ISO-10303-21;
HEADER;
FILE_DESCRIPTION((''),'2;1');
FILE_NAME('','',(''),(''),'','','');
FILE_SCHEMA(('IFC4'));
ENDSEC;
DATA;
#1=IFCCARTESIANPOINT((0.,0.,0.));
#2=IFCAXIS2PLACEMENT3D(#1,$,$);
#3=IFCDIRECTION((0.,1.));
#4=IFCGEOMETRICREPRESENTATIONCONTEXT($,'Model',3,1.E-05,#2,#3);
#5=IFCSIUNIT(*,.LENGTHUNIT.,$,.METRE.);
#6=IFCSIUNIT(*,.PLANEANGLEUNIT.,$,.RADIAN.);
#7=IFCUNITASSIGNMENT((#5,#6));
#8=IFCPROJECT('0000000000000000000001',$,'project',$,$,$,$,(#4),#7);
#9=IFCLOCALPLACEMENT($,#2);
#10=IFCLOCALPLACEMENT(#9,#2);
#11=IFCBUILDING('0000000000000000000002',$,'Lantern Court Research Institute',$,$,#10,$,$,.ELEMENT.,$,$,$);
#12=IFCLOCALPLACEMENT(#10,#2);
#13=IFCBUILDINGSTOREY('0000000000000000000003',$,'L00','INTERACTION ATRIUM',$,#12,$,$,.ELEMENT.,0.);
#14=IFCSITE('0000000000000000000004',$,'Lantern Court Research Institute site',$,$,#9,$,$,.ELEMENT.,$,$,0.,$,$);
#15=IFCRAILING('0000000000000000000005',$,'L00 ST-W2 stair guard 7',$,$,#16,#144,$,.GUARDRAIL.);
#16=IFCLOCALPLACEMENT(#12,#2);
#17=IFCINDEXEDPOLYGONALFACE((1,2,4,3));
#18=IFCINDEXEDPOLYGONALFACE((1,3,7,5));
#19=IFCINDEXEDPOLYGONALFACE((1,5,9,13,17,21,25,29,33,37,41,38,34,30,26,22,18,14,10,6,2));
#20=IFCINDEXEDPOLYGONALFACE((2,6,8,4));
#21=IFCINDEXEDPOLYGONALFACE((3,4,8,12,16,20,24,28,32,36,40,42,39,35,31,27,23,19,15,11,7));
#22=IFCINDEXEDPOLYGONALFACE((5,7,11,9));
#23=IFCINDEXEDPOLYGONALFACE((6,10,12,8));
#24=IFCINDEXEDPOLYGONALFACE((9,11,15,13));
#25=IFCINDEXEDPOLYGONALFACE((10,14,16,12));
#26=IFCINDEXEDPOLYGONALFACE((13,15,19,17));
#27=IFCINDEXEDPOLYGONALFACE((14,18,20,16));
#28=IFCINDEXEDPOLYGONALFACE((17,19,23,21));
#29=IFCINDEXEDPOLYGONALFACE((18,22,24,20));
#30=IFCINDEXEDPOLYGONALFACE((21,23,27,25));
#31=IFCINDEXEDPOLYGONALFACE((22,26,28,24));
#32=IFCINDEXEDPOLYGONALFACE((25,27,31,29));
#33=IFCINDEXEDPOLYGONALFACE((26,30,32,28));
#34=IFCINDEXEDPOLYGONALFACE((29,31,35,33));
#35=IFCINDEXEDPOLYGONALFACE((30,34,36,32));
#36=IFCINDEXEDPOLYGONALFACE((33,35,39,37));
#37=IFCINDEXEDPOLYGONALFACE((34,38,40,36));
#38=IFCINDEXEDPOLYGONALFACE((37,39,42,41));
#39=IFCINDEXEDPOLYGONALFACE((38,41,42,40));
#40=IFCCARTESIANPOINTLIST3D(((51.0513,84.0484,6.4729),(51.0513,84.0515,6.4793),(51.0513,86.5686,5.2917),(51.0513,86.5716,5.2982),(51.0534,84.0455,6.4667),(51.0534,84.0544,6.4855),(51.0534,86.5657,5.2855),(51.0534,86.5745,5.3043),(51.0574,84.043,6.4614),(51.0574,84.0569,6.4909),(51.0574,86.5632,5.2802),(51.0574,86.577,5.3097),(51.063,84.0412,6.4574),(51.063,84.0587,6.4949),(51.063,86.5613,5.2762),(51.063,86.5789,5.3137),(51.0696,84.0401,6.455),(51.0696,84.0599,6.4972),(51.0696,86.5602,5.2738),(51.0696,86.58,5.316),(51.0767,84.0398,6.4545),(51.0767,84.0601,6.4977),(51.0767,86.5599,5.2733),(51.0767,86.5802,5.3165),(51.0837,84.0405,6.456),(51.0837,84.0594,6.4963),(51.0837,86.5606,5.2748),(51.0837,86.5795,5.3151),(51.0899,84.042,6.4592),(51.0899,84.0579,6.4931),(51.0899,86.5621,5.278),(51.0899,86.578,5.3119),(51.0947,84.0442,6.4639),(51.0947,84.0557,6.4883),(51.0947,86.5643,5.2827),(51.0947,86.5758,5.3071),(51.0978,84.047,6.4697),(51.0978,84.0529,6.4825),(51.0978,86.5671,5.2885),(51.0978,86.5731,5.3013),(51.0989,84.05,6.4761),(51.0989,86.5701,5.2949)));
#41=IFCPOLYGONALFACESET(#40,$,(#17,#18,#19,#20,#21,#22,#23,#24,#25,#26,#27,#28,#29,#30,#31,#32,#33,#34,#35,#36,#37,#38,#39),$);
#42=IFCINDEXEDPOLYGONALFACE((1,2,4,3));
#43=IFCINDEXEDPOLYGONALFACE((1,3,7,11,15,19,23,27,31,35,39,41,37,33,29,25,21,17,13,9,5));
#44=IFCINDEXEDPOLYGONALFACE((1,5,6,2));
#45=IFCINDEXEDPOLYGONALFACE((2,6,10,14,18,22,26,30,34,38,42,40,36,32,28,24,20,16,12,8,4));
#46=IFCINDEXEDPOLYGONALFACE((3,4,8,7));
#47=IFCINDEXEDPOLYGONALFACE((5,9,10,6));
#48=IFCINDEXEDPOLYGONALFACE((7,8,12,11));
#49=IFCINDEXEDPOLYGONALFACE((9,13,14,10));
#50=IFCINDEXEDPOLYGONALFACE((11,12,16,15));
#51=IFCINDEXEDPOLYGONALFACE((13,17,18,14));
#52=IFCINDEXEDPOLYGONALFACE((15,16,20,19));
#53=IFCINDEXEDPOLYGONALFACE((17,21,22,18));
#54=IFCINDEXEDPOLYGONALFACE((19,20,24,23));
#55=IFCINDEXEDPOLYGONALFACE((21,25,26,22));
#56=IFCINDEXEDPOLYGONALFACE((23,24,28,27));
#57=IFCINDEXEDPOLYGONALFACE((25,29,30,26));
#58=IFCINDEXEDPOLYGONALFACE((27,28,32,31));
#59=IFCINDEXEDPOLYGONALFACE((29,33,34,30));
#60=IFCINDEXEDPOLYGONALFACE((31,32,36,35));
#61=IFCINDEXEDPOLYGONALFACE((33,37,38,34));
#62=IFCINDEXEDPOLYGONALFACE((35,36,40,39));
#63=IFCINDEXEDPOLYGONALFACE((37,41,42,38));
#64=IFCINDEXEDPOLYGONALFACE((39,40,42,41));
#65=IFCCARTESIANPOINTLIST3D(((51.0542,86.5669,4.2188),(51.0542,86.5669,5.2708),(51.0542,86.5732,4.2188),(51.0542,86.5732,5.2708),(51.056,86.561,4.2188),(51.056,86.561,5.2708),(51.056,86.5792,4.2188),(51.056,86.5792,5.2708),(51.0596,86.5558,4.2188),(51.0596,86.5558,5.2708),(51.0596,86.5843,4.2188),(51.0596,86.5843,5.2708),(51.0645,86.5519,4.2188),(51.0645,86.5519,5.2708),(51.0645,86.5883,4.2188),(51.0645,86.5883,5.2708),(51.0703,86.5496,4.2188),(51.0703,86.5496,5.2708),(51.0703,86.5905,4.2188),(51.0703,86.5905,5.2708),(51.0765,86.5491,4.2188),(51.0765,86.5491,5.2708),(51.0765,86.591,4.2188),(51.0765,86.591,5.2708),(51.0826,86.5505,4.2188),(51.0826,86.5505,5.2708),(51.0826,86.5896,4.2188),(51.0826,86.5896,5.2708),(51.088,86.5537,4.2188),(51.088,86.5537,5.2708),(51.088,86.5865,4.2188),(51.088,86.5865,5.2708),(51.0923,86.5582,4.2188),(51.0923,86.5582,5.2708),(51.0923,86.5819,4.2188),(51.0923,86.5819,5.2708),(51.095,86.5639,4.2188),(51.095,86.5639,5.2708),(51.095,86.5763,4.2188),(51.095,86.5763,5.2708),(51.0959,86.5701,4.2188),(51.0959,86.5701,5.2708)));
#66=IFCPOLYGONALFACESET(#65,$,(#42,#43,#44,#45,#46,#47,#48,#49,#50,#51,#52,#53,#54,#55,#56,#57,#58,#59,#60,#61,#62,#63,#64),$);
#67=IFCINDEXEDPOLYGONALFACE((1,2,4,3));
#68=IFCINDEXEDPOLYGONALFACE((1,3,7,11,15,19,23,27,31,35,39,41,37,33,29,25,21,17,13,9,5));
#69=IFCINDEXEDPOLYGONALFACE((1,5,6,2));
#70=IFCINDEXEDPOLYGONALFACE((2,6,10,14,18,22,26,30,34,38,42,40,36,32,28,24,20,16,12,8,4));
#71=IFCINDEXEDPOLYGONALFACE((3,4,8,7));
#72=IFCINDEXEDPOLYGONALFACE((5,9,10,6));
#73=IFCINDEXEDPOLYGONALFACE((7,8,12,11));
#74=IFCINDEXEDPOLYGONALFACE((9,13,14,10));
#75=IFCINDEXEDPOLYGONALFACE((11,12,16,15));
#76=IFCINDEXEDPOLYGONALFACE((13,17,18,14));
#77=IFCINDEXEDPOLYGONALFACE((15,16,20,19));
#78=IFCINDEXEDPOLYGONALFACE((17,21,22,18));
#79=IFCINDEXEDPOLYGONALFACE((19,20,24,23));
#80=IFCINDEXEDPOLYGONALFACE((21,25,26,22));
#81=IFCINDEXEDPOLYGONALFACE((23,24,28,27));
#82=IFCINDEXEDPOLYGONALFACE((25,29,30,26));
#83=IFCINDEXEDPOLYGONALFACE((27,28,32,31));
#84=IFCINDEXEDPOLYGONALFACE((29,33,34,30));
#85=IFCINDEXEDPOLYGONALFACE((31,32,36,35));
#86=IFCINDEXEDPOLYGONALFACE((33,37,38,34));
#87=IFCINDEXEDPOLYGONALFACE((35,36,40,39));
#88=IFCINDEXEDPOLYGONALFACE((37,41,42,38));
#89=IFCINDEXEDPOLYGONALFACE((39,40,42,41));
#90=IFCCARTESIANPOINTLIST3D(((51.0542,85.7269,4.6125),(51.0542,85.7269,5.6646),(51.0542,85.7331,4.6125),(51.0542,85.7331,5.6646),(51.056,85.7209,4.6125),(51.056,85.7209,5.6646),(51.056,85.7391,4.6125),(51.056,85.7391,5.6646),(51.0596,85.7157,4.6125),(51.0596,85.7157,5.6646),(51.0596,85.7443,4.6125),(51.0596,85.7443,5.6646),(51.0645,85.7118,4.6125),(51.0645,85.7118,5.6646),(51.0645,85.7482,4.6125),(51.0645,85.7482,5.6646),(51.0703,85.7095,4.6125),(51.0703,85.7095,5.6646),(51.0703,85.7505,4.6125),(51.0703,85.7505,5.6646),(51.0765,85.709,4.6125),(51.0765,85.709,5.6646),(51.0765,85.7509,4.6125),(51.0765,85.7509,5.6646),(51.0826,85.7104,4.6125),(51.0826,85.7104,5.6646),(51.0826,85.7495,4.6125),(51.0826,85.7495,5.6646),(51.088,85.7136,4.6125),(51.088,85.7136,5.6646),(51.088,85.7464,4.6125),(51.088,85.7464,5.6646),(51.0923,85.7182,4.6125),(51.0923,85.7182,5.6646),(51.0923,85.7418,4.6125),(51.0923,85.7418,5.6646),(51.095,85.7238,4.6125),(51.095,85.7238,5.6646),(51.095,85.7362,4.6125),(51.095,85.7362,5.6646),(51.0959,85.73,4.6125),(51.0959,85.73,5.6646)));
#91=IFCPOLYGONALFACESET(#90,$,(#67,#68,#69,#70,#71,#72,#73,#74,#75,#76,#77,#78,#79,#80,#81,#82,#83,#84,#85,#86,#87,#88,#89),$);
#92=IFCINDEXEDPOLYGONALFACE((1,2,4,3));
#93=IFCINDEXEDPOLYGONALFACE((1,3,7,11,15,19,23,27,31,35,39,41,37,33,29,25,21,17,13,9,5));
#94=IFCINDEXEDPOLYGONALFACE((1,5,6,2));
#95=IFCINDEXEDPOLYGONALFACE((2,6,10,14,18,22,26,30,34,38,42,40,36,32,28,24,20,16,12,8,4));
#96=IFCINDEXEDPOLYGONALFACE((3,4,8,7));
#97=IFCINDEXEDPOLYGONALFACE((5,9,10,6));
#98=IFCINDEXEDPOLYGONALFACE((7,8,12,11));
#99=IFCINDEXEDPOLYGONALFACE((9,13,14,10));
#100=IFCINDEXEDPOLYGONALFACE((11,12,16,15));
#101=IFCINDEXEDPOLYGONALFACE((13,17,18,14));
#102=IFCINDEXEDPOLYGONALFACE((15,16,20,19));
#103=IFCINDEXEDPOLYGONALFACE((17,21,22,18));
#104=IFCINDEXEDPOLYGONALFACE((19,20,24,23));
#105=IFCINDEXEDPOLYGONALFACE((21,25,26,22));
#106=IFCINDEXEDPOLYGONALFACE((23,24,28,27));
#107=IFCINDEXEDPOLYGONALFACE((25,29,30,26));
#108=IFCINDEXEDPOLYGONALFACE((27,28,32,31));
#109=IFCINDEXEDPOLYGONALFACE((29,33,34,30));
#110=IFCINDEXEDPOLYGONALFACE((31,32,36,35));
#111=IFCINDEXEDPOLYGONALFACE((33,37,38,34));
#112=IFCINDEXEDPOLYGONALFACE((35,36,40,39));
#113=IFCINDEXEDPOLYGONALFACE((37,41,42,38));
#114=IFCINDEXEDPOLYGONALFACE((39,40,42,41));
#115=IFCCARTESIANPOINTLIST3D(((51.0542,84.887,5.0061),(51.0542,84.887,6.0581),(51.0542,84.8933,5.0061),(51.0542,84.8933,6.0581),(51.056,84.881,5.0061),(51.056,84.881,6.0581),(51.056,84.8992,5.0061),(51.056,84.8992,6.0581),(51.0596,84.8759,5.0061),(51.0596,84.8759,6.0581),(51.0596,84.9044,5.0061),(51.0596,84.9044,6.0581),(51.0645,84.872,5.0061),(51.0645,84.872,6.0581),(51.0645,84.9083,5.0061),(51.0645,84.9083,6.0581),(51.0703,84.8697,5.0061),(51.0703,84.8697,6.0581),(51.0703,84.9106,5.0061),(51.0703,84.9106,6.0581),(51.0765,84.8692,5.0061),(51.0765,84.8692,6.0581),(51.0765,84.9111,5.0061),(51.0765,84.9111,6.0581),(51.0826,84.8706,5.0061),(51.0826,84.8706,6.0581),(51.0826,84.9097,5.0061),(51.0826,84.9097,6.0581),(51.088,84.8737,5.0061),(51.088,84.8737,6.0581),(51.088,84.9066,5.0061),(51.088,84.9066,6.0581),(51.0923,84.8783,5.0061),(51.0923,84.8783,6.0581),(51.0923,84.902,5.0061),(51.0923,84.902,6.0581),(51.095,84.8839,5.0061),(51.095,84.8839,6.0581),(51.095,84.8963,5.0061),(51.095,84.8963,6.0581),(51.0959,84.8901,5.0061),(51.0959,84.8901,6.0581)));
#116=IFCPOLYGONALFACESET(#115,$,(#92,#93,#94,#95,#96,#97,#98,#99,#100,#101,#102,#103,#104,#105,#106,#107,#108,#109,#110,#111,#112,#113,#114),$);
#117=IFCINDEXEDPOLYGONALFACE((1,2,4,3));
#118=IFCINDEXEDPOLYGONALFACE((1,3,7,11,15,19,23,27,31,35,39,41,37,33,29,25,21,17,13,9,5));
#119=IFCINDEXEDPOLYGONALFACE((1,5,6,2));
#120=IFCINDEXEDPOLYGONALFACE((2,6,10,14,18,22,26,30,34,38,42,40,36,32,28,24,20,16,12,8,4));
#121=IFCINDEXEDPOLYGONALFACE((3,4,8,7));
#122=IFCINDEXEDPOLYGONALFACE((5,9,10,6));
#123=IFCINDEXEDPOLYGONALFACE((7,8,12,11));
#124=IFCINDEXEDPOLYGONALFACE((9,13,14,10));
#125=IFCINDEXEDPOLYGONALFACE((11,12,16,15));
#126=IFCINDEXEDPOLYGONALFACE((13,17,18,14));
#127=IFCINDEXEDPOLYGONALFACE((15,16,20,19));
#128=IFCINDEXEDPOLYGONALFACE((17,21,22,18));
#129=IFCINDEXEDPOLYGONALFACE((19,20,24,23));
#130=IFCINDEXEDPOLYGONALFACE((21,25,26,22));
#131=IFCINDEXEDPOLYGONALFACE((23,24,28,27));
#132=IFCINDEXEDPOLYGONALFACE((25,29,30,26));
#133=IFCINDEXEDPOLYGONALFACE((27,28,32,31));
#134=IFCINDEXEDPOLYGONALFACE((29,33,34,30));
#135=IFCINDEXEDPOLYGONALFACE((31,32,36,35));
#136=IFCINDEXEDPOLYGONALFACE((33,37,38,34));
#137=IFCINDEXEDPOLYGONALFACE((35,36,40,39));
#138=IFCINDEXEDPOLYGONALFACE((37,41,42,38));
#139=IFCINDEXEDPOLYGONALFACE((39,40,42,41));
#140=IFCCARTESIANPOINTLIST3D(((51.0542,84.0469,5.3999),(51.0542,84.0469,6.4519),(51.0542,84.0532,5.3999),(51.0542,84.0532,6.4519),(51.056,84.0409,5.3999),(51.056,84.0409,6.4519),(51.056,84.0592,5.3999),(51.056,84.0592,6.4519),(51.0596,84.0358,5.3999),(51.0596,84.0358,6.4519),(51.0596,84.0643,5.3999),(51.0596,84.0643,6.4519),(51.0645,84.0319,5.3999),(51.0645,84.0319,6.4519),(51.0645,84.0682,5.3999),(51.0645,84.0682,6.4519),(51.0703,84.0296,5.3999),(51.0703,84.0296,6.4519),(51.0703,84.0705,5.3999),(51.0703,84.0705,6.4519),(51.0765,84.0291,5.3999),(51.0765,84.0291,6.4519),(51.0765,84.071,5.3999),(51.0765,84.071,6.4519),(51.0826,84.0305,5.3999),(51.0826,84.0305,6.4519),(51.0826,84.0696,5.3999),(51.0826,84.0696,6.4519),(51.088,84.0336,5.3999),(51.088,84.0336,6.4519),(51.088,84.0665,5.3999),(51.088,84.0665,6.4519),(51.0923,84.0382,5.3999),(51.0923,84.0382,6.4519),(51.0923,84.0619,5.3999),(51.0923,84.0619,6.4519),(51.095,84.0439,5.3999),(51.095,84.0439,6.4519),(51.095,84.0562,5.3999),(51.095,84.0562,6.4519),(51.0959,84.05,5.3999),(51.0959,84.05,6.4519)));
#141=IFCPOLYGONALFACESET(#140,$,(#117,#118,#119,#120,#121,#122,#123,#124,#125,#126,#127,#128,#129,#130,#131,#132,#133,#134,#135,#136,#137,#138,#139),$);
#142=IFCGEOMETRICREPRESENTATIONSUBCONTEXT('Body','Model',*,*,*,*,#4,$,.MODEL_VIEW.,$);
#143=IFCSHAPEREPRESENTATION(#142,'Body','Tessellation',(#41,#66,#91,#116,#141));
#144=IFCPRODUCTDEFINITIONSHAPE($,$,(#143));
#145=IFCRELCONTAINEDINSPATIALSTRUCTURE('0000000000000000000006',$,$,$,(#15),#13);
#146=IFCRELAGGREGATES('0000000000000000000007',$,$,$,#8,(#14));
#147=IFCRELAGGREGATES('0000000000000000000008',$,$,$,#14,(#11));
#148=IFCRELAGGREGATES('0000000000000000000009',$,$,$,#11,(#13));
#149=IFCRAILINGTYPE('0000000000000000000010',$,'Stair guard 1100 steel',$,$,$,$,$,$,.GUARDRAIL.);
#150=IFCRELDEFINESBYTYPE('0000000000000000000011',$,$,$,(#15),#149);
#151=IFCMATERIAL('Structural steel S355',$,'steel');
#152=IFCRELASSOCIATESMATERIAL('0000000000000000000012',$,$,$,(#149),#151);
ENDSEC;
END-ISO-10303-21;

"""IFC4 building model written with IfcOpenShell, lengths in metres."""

from ifc_helpers import new_model, si_unit, direction, frame, origin, origin_2d, place, context, subcontext, project, spatial, circle, extrude, material, type_object, element, save


model = new_model("IFC4")

# Units and contexts
model_context = context("Model", 3, precision=1e-05, world=origin(), true_north=direction((0.0, 1.0)))
body_context = subcontext(model_context, "Body", "Model", "MODEL_VIEW")
ifc_project = project(units=[si_unit("LENGTHUNIT", "METRE"), si_unit("PLANEANGLEUNIT", "RADIAN")], contexts=[model_context])

# Site, building, storey
site_placement = place(None, origin())
site = spatial("IfcSite", under=ifc_project, at=site_placement, Name="Lantern Court Research Institute site", CompositionType="ELEMENT", RefElevation=0.0)
building_placement = place(site_placement, origin())
building = spatial("IfcBuilding", under=site, at=building_placement, Name="Lantern Court Research Institute", CompositionType="ELEMENT")
storey_placement = place(building_placement, origin())
storey = spatial("IfcBuildingStorey", under=building, at=storey_placement, Name="L00", Description="INTERACTION ATRIUM", CompositionType="ELEMENT", Elevation=0.0)

# Railing
ifc_material_1 = material(Name="Structural steel S355", Category="steel")
railing_type_1 = type_object("IfcRailingType", Name="Stair guard 1100 steel", PredefinedType="GUARDRAIL", material=ifc_material_1)
railing_1_placement = place(storey_placement, frame((51.075, 86.5701, 4.2188)))
element("IfcRailing", 1, at=railing_1_placement, inside=storey, type_object=railing_type_1, Name="L00 ST-W2 stair guard 7", PredefinedType="GUARDRAIL", context=body_context, shape_type="SweptSolid", body=[
    extrude(circle(Radius=0.0239, at=origin_2d()), frame((0.0, 0.0, 1.0762), z_axis=(0.0, -0.905474, 0.424402), x_axis=(1.0, 0.0, 0.0)), (0.0, 0.0, 1.0), 2.7832),
    extrude(circle(Radius=0.021, at=origin_2d()), origin(), (0.0, 0.0, 1.0), 1.052),
    extrude(circle(Radius=0.021, at=origin_2d()), frame((0.0, -0.8401, 0.3938)), (0.0, 0.0, 1.0), 1.052),
    extrude(circle(Radius=0.021, at=origin_2d()), frame((0.0, -1.6799, 0.7874)), (0.0, 0.0, 1.0), 1.052),
    extrude(circle(Radius=0.021, at=origin_2d()), frame((0.0, -2.52, 1.1812)), (0.0, 0.0, 1.0), 1.052),
])

save(model, "model.ifc")
